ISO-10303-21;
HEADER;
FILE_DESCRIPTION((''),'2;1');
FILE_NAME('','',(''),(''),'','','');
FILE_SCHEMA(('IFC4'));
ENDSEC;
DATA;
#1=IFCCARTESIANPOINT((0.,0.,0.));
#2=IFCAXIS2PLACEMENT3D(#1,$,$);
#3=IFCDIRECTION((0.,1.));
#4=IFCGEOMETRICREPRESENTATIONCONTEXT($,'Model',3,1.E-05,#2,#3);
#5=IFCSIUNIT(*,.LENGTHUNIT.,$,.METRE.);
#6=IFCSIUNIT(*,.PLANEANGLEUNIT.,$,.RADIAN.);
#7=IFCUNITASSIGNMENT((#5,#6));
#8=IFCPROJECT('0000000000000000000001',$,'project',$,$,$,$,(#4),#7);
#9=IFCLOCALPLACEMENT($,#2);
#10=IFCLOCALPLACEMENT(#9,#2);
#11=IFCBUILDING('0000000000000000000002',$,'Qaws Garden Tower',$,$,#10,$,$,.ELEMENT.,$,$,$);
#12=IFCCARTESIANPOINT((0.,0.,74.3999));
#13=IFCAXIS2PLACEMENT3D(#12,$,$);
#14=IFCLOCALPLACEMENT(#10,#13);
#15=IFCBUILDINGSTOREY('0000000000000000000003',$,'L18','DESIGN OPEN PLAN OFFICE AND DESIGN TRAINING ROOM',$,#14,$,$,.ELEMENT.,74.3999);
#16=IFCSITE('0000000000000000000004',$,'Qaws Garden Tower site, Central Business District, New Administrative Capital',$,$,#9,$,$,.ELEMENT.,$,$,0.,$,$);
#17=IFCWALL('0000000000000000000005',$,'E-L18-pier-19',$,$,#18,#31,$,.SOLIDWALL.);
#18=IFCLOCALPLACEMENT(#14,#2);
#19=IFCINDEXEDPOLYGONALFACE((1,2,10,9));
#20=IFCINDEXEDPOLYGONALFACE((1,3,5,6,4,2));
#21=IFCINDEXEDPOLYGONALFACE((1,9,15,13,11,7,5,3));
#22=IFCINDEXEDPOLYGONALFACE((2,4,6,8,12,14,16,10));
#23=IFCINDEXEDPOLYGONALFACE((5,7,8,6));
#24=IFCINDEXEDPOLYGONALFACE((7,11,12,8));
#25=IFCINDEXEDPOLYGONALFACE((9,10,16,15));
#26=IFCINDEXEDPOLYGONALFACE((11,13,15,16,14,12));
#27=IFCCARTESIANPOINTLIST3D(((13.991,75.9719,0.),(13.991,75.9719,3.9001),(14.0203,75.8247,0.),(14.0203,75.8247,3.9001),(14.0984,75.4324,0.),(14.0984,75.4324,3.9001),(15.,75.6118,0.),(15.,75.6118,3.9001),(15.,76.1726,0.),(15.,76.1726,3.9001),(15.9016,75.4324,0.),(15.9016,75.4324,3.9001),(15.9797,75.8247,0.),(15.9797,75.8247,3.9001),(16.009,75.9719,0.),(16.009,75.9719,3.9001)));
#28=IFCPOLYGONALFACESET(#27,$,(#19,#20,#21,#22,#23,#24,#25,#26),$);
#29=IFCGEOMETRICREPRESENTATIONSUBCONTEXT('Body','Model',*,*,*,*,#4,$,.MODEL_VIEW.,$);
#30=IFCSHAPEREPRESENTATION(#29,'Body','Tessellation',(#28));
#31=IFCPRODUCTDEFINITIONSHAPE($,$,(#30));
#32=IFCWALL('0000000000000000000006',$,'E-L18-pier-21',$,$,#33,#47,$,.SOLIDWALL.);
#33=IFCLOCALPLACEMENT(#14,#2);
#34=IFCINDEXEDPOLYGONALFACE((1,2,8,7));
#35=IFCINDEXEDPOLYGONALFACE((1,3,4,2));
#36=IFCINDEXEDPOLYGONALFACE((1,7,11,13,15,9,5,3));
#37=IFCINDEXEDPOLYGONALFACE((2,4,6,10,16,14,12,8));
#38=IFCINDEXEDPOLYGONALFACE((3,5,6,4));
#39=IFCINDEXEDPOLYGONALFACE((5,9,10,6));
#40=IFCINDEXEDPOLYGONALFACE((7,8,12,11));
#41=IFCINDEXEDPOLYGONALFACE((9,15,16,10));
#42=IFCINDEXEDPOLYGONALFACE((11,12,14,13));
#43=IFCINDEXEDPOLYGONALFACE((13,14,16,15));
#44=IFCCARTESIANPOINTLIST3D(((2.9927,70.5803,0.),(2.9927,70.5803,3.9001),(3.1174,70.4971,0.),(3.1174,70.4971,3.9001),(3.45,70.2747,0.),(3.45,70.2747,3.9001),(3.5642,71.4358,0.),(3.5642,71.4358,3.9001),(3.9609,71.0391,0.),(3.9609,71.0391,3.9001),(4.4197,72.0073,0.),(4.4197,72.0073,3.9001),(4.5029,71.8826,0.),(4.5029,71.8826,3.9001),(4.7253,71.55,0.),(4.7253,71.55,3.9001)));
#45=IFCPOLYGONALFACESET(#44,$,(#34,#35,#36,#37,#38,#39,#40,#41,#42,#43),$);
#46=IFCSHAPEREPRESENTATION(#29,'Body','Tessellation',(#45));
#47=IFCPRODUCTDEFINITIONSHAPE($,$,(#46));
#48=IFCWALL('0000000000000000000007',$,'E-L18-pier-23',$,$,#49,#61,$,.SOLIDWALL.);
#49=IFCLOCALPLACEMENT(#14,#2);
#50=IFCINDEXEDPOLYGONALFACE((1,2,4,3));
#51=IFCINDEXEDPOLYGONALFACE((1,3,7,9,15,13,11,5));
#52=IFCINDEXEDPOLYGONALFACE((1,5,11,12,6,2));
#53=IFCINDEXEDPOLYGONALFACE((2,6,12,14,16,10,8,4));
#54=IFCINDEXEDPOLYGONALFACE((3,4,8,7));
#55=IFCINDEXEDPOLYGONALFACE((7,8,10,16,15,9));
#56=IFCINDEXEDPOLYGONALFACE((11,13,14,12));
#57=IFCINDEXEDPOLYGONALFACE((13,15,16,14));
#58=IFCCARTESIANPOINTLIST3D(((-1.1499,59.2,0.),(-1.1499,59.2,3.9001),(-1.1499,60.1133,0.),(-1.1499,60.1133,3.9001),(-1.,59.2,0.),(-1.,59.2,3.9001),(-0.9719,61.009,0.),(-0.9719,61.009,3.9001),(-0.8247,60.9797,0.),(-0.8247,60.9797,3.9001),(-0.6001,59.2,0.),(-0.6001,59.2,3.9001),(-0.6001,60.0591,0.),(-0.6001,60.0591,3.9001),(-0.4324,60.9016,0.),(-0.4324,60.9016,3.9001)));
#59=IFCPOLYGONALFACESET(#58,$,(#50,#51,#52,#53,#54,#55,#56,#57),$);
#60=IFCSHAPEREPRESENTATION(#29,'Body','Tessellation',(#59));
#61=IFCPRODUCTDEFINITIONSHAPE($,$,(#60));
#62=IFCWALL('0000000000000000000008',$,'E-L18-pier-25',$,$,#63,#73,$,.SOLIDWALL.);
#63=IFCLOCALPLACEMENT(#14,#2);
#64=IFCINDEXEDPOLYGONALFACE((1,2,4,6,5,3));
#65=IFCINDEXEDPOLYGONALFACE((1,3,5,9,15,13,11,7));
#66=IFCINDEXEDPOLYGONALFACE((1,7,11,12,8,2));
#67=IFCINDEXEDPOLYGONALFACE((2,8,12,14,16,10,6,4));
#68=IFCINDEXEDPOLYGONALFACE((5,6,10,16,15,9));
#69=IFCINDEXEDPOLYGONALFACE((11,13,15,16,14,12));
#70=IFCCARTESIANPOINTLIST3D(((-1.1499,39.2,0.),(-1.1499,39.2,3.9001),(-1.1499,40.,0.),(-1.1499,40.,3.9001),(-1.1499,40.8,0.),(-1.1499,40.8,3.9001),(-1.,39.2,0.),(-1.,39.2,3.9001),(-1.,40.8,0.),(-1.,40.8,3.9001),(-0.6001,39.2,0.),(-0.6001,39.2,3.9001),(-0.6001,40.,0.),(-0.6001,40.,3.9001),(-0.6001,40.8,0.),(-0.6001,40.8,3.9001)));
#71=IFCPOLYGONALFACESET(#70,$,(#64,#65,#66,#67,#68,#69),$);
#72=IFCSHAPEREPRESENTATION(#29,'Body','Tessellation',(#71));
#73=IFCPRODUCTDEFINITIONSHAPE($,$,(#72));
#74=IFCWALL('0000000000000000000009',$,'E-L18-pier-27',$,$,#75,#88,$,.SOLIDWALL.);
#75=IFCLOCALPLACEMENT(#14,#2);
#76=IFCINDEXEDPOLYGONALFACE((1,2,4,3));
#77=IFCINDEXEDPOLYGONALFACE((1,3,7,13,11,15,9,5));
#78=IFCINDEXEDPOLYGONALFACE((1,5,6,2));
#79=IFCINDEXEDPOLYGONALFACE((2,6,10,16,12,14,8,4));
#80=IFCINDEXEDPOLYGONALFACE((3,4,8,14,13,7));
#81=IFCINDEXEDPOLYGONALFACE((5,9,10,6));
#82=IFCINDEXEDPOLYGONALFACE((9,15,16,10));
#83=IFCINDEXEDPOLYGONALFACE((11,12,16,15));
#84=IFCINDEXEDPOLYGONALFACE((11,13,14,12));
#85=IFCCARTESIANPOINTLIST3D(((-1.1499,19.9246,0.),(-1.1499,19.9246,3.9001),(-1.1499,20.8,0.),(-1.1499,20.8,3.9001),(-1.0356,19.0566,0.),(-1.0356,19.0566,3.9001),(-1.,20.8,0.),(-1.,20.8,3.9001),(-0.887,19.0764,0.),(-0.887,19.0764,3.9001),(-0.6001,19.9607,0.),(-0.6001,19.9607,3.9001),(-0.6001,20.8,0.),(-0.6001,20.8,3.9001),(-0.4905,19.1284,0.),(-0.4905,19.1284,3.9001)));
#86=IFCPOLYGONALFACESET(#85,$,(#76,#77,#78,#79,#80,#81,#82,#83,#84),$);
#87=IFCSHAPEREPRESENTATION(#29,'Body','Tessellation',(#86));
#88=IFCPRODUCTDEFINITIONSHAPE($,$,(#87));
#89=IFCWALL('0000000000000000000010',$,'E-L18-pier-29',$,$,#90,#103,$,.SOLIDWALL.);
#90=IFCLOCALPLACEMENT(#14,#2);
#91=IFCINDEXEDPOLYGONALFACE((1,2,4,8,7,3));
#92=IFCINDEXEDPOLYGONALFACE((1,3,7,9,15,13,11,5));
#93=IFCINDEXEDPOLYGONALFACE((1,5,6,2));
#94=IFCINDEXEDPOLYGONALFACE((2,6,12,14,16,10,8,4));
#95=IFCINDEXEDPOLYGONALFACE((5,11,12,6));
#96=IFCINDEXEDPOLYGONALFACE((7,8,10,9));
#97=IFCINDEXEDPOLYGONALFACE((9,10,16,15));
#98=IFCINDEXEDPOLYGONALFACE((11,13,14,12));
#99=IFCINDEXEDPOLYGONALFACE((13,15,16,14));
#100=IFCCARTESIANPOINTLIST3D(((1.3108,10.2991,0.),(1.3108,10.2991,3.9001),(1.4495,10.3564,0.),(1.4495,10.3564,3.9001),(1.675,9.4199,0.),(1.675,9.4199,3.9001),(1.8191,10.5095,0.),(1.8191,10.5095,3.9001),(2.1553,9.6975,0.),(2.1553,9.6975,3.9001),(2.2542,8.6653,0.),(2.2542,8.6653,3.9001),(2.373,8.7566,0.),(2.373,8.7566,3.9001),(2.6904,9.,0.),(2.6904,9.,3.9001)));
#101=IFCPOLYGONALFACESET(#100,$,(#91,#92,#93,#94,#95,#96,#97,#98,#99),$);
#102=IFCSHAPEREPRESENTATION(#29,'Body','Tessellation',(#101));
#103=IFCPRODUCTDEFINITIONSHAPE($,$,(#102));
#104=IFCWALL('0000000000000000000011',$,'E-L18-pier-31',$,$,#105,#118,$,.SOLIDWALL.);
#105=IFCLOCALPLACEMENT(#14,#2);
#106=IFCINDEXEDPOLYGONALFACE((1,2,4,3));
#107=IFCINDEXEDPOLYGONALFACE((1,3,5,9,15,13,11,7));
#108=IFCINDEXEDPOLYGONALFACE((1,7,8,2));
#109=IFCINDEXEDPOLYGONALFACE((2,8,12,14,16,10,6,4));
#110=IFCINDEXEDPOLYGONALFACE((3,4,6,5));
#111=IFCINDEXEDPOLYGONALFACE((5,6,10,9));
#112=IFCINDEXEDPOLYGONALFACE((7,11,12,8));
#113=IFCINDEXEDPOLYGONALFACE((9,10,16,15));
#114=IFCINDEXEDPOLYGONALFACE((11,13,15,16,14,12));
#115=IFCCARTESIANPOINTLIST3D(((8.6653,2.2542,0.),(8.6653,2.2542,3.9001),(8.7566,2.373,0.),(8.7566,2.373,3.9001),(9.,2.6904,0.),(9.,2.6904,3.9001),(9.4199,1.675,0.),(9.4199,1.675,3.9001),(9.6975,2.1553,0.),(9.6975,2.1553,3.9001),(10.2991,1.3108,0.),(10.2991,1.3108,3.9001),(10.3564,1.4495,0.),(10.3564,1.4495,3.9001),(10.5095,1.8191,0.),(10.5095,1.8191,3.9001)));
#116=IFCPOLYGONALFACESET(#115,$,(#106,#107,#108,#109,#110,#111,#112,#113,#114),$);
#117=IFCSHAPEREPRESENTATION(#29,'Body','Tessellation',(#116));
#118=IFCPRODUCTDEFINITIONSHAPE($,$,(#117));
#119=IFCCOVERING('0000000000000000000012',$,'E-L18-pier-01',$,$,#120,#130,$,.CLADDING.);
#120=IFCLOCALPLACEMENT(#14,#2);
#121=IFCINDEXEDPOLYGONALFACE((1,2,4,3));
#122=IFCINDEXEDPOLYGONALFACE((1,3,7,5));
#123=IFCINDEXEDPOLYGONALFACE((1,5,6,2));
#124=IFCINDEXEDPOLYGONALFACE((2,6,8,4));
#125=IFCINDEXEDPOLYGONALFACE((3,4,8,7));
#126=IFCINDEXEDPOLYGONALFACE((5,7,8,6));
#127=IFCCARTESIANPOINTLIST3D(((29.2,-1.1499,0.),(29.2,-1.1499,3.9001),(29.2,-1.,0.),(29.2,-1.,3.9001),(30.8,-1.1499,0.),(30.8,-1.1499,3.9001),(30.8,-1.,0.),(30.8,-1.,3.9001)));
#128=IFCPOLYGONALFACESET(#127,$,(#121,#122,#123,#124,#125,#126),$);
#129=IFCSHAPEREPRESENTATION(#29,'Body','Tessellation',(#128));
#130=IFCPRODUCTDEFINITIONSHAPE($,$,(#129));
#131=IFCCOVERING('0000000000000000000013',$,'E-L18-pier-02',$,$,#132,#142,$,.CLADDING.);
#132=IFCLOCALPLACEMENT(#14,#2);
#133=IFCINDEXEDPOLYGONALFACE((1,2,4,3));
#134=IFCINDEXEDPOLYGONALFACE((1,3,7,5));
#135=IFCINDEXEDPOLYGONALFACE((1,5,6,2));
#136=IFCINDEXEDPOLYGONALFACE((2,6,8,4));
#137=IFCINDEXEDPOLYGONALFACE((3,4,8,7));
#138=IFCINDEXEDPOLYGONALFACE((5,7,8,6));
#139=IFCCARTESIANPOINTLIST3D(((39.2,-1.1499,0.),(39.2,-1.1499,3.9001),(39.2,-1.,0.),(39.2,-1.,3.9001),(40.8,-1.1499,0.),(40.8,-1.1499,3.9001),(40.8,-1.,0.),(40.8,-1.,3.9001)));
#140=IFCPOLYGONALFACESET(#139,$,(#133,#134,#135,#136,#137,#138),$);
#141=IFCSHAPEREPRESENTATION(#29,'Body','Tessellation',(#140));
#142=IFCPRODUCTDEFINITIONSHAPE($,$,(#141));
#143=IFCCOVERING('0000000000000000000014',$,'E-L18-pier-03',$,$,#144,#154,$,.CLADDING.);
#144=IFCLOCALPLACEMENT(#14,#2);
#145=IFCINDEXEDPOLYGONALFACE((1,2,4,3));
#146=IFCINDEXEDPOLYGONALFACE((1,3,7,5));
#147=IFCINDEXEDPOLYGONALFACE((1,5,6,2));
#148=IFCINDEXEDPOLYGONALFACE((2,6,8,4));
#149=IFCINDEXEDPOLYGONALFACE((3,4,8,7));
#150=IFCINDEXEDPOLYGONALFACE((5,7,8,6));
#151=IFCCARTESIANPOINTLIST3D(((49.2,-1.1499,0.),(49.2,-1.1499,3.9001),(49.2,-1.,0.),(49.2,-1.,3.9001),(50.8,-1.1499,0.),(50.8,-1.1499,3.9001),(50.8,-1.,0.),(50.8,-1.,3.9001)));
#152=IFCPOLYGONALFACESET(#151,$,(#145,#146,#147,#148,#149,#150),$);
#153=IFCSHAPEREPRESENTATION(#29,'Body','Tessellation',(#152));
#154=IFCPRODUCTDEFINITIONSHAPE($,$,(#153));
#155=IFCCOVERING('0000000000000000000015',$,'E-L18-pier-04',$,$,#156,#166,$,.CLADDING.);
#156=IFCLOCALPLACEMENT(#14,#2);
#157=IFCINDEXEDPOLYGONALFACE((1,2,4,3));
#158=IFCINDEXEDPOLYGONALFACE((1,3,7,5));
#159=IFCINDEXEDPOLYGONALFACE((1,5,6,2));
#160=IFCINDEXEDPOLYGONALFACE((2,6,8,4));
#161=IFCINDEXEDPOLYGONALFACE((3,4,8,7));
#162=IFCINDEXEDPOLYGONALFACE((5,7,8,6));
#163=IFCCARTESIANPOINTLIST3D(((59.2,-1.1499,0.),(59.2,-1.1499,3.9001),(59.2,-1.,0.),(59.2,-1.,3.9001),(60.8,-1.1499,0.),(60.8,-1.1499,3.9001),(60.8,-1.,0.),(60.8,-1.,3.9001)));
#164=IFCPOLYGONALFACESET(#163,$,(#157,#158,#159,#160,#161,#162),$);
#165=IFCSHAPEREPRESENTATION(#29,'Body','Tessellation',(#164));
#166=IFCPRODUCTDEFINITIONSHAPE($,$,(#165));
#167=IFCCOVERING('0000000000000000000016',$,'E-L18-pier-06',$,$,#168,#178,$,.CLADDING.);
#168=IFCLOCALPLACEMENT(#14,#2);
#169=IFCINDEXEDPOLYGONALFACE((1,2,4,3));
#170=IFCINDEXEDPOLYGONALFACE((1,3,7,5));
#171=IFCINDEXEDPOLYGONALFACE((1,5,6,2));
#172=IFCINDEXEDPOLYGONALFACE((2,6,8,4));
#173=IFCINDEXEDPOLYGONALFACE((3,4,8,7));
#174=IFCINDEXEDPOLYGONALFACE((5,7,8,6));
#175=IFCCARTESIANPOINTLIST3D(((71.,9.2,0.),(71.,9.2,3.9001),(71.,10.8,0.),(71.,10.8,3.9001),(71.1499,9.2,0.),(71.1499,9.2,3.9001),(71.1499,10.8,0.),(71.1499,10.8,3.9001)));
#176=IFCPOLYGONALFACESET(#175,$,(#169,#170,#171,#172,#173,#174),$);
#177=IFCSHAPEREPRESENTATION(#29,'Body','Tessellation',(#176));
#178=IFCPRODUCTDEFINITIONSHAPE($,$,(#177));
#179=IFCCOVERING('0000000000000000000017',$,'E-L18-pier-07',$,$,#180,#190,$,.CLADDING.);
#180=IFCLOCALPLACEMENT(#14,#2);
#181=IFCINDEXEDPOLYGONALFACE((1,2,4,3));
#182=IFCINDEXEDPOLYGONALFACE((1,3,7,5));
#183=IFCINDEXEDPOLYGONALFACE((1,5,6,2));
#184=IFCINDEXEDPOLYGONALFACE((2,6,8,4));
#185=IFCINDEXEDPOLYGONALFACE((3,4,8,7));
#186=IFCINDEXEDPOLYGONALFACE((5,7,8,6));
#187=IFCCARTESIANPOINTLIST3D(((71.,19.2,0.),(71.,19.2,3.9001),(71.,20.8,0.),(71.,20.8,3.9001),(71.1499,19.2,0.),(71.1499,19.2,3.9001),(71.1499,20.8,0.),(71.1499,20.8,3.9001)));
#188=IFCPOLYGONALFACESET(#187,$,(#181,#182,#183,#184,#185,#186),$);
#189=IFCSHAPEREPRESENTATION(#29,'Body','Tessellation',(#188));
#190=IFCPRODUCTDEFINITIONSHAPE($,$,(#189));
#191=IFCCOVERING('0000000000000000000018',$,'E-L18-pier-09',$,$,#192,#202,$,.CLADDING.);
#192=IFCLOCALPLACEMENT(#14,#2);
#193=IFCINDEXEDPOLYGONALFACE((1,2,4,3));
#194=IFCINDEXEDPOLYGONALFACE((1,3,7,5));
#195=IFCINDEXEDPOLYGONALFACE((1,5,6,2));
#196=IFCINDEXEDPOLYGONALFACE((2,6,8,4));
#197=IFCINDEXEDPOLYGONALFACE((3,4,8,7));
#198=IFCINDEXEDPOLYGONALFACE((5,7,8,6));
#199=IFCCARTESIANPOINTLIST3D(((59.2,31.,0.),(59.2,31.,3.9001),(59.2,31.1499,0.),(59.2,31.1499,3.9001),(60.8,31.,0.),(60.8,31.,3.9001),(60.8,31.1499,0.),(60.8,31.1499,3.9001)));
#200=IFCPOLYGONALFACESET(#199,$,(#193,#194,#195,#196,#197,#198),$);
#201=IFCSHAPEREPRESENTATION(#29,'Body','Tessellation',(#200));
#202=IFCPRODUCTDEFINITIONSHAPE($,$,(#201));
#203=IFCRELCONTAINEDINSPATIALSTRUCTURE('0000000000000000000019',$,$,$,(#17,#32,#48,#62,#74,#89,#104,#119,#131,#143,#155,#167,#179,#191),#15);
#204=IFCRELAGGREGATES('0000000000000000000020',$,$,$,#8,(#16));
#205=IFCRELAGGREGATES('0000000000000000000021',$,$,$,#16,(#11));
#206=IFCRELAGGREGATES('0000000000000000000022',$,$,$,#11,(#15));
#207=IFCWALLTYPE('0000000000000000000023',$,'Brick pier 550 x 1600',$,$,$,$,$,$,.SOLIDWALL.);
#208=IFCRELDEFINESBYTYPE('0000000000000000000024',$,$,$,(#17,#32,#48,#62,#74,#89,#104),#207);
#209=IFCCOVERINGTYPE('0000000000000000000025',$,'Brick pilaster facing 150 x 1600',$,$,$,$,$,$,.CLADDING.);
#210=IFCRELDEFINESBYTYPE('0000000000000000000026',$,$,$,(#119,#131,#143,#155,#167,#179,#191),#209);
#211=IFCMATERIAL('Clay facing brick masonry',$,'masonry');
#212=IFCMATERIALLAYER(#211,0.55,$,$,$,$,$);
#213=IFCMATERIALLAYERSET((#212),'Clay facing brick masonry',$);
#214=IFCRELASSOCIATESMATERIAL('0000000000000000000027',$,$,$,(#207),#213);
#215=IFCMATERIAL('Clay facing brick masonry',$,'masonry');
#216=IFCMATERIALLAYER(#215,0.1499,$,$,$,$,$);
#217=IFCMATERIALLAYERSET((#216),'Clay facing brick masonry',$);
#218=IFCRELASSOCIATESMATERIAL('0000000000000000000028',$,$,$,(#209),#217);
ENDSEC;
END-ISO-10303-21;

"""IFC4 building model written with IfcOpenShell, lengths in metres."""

from ifc_helpers import new_model, si_unit, direction, frame, origin, place, context, subcontext, project, spatial, polyline, outline, extrude, material, layer, layer_set, type_object, element, save


model = new_model("IFC4")

# Units and contexts
model_context = context("Model", 3, precision=1e-05, world=origin(), true_north=direction((0.0, 1.0)))
body_context = subcontext(model_context, "Body", "Model", "MODEL_VIEW")
ifc_project = project(units=[si_unit("LENGTHUNIT", "METRE"), si_unit("PLANEANGLEUNIT", "RADIAN")], contexts=[model_context])

# Site, building, storey
site_placement = place(None, origin())
site = spatial("IfcSite", under=ifc_project, at=site_placement, Name="Qaws Garden Tower site, Central Business District, New Administrative Capital", CompositionType="ELEMENT", RefElevation=0.0)
building_placement = place(site_placement, origin())
building = spatial("IfcBuilding", under=site, at=building_placement, Name="Qaws Garden Tower", CompositionType="ELEMENT")
storey_placement = place(building_placement, frame((0.0, 0.0, 74.3999)))
storey = spatial("IfcBuildingStorey", under=building, at=storey_placement, Name="L18", Description="DESIGN OPEN PLAN OFFICE AND DESIGN TRAINING ROOM", CompositionType="ELEMENT", Elevation=74.3999)

# Walls
placement = place(storey_placement, origin())
ifc_material_1 = material(Name="Clay facing brick masonry", Category="masonry")
ifc_layer_1 = layer(ifc_material_1, 0.55)
ifc_layer_set_1 = layer_set([ifc_layer_1], Name="Clay facing brick masonry")
wall_type_1 = type_object("IfcWallType", Name="Brick pier 550 x 1600", PredefinedType="SOLIDWALL", material=ifc_layer_set_1)
element("IfcWall", 1, at=placement, inside=storey, type_object=wall_type_1, Name="E-L18-pier-19", PredefinedType="SOLIDWALL", context=body_context, shape_type="SweptSolid", body=[
    extrude(outline(polyline([(15.9797, 75.8247), (16.009, 75.9719), (15.0, 76.1726), (13.991, 75.9719), (14.0203, 75.8247), (14.0984, 75.4324), (15.0, 75.6118), (15.9016, 75.4324), (15.9797, 75.8247)])), origin(), (0.0, 0.0, 1.0), 3.9001),
])
element("IfcWall", 2, at=placement, inside=storey, type_object=wall_type_1, Name="E-L18-pier-21", PredefinedType="SOLIDWALL", context=body_context, shape_type="SweptSolid", body=[
    extrude(outline(polyline([(4.5029, 71.8826), (4.4197, 72.0073), (3.5642, 71.4358), (2.9927, 70.5803), (3.1174, 70.4971), (3.45, 70.2747), (3.9609, 71.0391), (4.7253, 71.55), (4.5029, 71.8826)])), origin(), (0.0, 0.0, 1.0), 3.9001),
])
element("IfcWall", 3, at=placement, inside=storey, type_object=wall_type_1, Name="E-L18-pier-23", PredefinedType="SOLIDWALL", context=body_context, shape_type="SweptSolid", body=[
    extrude(outline(polyline([(-0.8247, 60.9797), (-0.9719, 61.009), (-1.1499, 60.1133), (-1.1499, 59.2), (-1.0, 59.2), (-0.6001, 59.2), (-0.6001, 60.0591), (-0.4324, 60.9016), (-0.8247, 60.9797)])), origin(), (0.0, 0.0, 1.0), 3.9001),
])
element("IfcWall", 4, at=placement, inside=storey, type_object=wall_type_1, Name="E-L18-pier-25", PredefinedType="SOLIDWALL", context=body_context, shape_type="SweptSolid", body=[
    extrude(outline(polyline([(-1.0, 40.8), (-1.1499, 40.8), (-1.1499, 40.0), (-1.1499, 39.2), (-1.0, 39.2), (-0.6001, 39.2), (-0.6001, 40.0), (-0.6001, 40.8), (-1.0, 40.8)])), origin(), (0.0, 0.0, 1.0), 3.9001),
])
element("IfcWall", 5, at=placement, inside=storey, type_object=wall_type_1, Name="E-L18-pier-27", PredefinedType="SOLIDWALL", context=body_context, shape_type="SweptSolid", body=[
    extrude(outline(polyline([(-1.0, 20.8), (-1.1499, 20.8), (-1.1499, 19.9246), (-1.0356, 19.0566), (-0.887, 19.0764), (-0.4905, 19.1284), (-0.6001, 19.9607), (-0.6001, 20.8), (-1.0, 20.8)])), origin(), (0.0, 0.0, 1.0), 3.9001),
])
element("IfcWall", 6, at=placement, inside=storey, type_object=wall_type_1, Name="E-L18-pier-29", PredefinedType="SOLIDWALL", context=body_context, shape_type="SweptSolid", body=[
    extrude(outline(polyline([(1.4495, 10.3564), (1.3108, 10.2991), (1.675, 9.4199), (2.2542, 8.6653), (2.373, 8.7566), (2.6904, 9.0), (2.1553, 9.6975), (1.8191, 10.5095), (1.4495, 10.3564)])), origin(), (0.0, 0.0, 1.0), 3.9001),
])
element("IfcWall", 7, at=placement, inside=storey, type_object=wall_type_1, Name="E-L18-pier-31", PredefinedType="SOLIDWALL", context=body_context, shape_type="SweptSolid", body=[
    extrude(outline(polyline([(8.7566, 2.373), (8.6653, 2.2542), (9.4199, 1.675), (10.2991, 1.3108), (10.3564, 1.4495), (10.5095, 1.8191), (9.6975, 2.1553), (9.0, 2.6904), (8.7566, 2.373)])), origin(), (0.0, 0.0, 1.0), 3.9001),
])

# Coverings
ifc_material_2 = material(Name="Clay facing brick masonry", Category="masonry")
ifc_layer_2 = layer(ifc_material_2, 0.1499)
ifc_layer_set_2 = layer_set([ifc_layer_2], Name="Clay facing brick masonry")
covering_type = type_object("IfcCoveringType", Name="Brick pilaster facing 150 x 1600", PredefinedType="CLADDING", material=ifc_layer_set_2)
element("IfcCovering", 8, at=placement, inside=storey, type_object=covering_type, Name="E-L18-pier-01", PredefinedType="CLADDING", context=body_context, shape_type="SweptSolid", body=[
    extrude(outline(polyline([(29.2, -1.0), (30.8, -1.0), (30.8, -1.1499), (29.2, -1.1499), (29.2, -1.0)])), origin(), (0.0, 0.0, 1.0), 3.9001),
])
element("IfcCovering", 9, at=placement, inside=storey, type_object=covering_type, Name="E-L18-pier-02", PredefinedType="CLADDING", context=body_context, shape_type="SweptSolid", body=[
    extrude(outline(polyline([(39.2, -1.0), (40.8, -1.0), (40.8, -1.1499), (39.2, -1.1499), (39.2, -1.0)])), origin(), (0.0, 0.0, 1.0), 3.9001),
])
element("IfcCovering", 10, at=placement, inside=storey, type_object=covering_type, Name="E-L18-pier-03", PredefinedType="CLADDING", context=body_context, shape_type="SweptSolid", body=[
    extrude(outline(polyline([(49.2, -1.0), (50.8, -1.0), (50.8, -1.1499), (49.2, -1.1499), (49.2, -1.0)])), origin(), (0.0, 0.0, 1.0), 3.9001),
])
element("IfcCovering", 11, at=placement, inside=storey, type_object=covering_type, Name="E-L18-pier-04", PredefinedType="CLADDING", context=body_context, shape_type="SweptSolid", body=[
    extrude(outline(polyline([(59.2, -1.0), (60.8, -1.0), (60.8, -1.1499), (59.2, -1.1499), (59.2, -1.0)])), origin(), (0.0, 0.0, 1.0), 3.9001),
])
element("IfcCovering", 12, at=placement, inside=storey, type_object=covering_type, Name="E-L18-pier-06", PredefinedType="CLADDING", context=body_context, shape_type="SweptSolid", body=[
    extrude(outline(polyline([(71.0, 9.2), (71.0, 10.8), (71.1499, 10.8), (71.1499, 9.2), (71.0, 9.2)])), origin(), (0.0, 0.0, 1.0), 3.9001),
])
element("IfcCovering", 13, at=placement, inside=storey, type_object=covering_type, Name="E-L18-pier-07", PredefinedType="CLADDING", context=body_context, shape_type="SweptSolid", body=[
    extrude(outline(polyline([(71.0, 19.2), (71.0, 20.8), (71.1499, 20.8), (71.1499, 19.2), (71.0, 19.2)])), origin(), (0.0, 0.0, 1.0), 3.9001),
])
element("IfcCovering", 14, at=placement, inside=storey, type_object=covering_type, Name="E-L18-pier-09", PredefinedType="CLADDING", context=body_context, shape_type="SweptSolid", body=[
    extrude(outline(polyline([(60.8, 31.0), (59.2, 31.0), (59.2, 31.1499), (60.8, 31.1499), (60.8, 31.0)])), origin(), (0.0, 0.0, 1.0), 3.9001),
])

save(model, "model.ifc")
